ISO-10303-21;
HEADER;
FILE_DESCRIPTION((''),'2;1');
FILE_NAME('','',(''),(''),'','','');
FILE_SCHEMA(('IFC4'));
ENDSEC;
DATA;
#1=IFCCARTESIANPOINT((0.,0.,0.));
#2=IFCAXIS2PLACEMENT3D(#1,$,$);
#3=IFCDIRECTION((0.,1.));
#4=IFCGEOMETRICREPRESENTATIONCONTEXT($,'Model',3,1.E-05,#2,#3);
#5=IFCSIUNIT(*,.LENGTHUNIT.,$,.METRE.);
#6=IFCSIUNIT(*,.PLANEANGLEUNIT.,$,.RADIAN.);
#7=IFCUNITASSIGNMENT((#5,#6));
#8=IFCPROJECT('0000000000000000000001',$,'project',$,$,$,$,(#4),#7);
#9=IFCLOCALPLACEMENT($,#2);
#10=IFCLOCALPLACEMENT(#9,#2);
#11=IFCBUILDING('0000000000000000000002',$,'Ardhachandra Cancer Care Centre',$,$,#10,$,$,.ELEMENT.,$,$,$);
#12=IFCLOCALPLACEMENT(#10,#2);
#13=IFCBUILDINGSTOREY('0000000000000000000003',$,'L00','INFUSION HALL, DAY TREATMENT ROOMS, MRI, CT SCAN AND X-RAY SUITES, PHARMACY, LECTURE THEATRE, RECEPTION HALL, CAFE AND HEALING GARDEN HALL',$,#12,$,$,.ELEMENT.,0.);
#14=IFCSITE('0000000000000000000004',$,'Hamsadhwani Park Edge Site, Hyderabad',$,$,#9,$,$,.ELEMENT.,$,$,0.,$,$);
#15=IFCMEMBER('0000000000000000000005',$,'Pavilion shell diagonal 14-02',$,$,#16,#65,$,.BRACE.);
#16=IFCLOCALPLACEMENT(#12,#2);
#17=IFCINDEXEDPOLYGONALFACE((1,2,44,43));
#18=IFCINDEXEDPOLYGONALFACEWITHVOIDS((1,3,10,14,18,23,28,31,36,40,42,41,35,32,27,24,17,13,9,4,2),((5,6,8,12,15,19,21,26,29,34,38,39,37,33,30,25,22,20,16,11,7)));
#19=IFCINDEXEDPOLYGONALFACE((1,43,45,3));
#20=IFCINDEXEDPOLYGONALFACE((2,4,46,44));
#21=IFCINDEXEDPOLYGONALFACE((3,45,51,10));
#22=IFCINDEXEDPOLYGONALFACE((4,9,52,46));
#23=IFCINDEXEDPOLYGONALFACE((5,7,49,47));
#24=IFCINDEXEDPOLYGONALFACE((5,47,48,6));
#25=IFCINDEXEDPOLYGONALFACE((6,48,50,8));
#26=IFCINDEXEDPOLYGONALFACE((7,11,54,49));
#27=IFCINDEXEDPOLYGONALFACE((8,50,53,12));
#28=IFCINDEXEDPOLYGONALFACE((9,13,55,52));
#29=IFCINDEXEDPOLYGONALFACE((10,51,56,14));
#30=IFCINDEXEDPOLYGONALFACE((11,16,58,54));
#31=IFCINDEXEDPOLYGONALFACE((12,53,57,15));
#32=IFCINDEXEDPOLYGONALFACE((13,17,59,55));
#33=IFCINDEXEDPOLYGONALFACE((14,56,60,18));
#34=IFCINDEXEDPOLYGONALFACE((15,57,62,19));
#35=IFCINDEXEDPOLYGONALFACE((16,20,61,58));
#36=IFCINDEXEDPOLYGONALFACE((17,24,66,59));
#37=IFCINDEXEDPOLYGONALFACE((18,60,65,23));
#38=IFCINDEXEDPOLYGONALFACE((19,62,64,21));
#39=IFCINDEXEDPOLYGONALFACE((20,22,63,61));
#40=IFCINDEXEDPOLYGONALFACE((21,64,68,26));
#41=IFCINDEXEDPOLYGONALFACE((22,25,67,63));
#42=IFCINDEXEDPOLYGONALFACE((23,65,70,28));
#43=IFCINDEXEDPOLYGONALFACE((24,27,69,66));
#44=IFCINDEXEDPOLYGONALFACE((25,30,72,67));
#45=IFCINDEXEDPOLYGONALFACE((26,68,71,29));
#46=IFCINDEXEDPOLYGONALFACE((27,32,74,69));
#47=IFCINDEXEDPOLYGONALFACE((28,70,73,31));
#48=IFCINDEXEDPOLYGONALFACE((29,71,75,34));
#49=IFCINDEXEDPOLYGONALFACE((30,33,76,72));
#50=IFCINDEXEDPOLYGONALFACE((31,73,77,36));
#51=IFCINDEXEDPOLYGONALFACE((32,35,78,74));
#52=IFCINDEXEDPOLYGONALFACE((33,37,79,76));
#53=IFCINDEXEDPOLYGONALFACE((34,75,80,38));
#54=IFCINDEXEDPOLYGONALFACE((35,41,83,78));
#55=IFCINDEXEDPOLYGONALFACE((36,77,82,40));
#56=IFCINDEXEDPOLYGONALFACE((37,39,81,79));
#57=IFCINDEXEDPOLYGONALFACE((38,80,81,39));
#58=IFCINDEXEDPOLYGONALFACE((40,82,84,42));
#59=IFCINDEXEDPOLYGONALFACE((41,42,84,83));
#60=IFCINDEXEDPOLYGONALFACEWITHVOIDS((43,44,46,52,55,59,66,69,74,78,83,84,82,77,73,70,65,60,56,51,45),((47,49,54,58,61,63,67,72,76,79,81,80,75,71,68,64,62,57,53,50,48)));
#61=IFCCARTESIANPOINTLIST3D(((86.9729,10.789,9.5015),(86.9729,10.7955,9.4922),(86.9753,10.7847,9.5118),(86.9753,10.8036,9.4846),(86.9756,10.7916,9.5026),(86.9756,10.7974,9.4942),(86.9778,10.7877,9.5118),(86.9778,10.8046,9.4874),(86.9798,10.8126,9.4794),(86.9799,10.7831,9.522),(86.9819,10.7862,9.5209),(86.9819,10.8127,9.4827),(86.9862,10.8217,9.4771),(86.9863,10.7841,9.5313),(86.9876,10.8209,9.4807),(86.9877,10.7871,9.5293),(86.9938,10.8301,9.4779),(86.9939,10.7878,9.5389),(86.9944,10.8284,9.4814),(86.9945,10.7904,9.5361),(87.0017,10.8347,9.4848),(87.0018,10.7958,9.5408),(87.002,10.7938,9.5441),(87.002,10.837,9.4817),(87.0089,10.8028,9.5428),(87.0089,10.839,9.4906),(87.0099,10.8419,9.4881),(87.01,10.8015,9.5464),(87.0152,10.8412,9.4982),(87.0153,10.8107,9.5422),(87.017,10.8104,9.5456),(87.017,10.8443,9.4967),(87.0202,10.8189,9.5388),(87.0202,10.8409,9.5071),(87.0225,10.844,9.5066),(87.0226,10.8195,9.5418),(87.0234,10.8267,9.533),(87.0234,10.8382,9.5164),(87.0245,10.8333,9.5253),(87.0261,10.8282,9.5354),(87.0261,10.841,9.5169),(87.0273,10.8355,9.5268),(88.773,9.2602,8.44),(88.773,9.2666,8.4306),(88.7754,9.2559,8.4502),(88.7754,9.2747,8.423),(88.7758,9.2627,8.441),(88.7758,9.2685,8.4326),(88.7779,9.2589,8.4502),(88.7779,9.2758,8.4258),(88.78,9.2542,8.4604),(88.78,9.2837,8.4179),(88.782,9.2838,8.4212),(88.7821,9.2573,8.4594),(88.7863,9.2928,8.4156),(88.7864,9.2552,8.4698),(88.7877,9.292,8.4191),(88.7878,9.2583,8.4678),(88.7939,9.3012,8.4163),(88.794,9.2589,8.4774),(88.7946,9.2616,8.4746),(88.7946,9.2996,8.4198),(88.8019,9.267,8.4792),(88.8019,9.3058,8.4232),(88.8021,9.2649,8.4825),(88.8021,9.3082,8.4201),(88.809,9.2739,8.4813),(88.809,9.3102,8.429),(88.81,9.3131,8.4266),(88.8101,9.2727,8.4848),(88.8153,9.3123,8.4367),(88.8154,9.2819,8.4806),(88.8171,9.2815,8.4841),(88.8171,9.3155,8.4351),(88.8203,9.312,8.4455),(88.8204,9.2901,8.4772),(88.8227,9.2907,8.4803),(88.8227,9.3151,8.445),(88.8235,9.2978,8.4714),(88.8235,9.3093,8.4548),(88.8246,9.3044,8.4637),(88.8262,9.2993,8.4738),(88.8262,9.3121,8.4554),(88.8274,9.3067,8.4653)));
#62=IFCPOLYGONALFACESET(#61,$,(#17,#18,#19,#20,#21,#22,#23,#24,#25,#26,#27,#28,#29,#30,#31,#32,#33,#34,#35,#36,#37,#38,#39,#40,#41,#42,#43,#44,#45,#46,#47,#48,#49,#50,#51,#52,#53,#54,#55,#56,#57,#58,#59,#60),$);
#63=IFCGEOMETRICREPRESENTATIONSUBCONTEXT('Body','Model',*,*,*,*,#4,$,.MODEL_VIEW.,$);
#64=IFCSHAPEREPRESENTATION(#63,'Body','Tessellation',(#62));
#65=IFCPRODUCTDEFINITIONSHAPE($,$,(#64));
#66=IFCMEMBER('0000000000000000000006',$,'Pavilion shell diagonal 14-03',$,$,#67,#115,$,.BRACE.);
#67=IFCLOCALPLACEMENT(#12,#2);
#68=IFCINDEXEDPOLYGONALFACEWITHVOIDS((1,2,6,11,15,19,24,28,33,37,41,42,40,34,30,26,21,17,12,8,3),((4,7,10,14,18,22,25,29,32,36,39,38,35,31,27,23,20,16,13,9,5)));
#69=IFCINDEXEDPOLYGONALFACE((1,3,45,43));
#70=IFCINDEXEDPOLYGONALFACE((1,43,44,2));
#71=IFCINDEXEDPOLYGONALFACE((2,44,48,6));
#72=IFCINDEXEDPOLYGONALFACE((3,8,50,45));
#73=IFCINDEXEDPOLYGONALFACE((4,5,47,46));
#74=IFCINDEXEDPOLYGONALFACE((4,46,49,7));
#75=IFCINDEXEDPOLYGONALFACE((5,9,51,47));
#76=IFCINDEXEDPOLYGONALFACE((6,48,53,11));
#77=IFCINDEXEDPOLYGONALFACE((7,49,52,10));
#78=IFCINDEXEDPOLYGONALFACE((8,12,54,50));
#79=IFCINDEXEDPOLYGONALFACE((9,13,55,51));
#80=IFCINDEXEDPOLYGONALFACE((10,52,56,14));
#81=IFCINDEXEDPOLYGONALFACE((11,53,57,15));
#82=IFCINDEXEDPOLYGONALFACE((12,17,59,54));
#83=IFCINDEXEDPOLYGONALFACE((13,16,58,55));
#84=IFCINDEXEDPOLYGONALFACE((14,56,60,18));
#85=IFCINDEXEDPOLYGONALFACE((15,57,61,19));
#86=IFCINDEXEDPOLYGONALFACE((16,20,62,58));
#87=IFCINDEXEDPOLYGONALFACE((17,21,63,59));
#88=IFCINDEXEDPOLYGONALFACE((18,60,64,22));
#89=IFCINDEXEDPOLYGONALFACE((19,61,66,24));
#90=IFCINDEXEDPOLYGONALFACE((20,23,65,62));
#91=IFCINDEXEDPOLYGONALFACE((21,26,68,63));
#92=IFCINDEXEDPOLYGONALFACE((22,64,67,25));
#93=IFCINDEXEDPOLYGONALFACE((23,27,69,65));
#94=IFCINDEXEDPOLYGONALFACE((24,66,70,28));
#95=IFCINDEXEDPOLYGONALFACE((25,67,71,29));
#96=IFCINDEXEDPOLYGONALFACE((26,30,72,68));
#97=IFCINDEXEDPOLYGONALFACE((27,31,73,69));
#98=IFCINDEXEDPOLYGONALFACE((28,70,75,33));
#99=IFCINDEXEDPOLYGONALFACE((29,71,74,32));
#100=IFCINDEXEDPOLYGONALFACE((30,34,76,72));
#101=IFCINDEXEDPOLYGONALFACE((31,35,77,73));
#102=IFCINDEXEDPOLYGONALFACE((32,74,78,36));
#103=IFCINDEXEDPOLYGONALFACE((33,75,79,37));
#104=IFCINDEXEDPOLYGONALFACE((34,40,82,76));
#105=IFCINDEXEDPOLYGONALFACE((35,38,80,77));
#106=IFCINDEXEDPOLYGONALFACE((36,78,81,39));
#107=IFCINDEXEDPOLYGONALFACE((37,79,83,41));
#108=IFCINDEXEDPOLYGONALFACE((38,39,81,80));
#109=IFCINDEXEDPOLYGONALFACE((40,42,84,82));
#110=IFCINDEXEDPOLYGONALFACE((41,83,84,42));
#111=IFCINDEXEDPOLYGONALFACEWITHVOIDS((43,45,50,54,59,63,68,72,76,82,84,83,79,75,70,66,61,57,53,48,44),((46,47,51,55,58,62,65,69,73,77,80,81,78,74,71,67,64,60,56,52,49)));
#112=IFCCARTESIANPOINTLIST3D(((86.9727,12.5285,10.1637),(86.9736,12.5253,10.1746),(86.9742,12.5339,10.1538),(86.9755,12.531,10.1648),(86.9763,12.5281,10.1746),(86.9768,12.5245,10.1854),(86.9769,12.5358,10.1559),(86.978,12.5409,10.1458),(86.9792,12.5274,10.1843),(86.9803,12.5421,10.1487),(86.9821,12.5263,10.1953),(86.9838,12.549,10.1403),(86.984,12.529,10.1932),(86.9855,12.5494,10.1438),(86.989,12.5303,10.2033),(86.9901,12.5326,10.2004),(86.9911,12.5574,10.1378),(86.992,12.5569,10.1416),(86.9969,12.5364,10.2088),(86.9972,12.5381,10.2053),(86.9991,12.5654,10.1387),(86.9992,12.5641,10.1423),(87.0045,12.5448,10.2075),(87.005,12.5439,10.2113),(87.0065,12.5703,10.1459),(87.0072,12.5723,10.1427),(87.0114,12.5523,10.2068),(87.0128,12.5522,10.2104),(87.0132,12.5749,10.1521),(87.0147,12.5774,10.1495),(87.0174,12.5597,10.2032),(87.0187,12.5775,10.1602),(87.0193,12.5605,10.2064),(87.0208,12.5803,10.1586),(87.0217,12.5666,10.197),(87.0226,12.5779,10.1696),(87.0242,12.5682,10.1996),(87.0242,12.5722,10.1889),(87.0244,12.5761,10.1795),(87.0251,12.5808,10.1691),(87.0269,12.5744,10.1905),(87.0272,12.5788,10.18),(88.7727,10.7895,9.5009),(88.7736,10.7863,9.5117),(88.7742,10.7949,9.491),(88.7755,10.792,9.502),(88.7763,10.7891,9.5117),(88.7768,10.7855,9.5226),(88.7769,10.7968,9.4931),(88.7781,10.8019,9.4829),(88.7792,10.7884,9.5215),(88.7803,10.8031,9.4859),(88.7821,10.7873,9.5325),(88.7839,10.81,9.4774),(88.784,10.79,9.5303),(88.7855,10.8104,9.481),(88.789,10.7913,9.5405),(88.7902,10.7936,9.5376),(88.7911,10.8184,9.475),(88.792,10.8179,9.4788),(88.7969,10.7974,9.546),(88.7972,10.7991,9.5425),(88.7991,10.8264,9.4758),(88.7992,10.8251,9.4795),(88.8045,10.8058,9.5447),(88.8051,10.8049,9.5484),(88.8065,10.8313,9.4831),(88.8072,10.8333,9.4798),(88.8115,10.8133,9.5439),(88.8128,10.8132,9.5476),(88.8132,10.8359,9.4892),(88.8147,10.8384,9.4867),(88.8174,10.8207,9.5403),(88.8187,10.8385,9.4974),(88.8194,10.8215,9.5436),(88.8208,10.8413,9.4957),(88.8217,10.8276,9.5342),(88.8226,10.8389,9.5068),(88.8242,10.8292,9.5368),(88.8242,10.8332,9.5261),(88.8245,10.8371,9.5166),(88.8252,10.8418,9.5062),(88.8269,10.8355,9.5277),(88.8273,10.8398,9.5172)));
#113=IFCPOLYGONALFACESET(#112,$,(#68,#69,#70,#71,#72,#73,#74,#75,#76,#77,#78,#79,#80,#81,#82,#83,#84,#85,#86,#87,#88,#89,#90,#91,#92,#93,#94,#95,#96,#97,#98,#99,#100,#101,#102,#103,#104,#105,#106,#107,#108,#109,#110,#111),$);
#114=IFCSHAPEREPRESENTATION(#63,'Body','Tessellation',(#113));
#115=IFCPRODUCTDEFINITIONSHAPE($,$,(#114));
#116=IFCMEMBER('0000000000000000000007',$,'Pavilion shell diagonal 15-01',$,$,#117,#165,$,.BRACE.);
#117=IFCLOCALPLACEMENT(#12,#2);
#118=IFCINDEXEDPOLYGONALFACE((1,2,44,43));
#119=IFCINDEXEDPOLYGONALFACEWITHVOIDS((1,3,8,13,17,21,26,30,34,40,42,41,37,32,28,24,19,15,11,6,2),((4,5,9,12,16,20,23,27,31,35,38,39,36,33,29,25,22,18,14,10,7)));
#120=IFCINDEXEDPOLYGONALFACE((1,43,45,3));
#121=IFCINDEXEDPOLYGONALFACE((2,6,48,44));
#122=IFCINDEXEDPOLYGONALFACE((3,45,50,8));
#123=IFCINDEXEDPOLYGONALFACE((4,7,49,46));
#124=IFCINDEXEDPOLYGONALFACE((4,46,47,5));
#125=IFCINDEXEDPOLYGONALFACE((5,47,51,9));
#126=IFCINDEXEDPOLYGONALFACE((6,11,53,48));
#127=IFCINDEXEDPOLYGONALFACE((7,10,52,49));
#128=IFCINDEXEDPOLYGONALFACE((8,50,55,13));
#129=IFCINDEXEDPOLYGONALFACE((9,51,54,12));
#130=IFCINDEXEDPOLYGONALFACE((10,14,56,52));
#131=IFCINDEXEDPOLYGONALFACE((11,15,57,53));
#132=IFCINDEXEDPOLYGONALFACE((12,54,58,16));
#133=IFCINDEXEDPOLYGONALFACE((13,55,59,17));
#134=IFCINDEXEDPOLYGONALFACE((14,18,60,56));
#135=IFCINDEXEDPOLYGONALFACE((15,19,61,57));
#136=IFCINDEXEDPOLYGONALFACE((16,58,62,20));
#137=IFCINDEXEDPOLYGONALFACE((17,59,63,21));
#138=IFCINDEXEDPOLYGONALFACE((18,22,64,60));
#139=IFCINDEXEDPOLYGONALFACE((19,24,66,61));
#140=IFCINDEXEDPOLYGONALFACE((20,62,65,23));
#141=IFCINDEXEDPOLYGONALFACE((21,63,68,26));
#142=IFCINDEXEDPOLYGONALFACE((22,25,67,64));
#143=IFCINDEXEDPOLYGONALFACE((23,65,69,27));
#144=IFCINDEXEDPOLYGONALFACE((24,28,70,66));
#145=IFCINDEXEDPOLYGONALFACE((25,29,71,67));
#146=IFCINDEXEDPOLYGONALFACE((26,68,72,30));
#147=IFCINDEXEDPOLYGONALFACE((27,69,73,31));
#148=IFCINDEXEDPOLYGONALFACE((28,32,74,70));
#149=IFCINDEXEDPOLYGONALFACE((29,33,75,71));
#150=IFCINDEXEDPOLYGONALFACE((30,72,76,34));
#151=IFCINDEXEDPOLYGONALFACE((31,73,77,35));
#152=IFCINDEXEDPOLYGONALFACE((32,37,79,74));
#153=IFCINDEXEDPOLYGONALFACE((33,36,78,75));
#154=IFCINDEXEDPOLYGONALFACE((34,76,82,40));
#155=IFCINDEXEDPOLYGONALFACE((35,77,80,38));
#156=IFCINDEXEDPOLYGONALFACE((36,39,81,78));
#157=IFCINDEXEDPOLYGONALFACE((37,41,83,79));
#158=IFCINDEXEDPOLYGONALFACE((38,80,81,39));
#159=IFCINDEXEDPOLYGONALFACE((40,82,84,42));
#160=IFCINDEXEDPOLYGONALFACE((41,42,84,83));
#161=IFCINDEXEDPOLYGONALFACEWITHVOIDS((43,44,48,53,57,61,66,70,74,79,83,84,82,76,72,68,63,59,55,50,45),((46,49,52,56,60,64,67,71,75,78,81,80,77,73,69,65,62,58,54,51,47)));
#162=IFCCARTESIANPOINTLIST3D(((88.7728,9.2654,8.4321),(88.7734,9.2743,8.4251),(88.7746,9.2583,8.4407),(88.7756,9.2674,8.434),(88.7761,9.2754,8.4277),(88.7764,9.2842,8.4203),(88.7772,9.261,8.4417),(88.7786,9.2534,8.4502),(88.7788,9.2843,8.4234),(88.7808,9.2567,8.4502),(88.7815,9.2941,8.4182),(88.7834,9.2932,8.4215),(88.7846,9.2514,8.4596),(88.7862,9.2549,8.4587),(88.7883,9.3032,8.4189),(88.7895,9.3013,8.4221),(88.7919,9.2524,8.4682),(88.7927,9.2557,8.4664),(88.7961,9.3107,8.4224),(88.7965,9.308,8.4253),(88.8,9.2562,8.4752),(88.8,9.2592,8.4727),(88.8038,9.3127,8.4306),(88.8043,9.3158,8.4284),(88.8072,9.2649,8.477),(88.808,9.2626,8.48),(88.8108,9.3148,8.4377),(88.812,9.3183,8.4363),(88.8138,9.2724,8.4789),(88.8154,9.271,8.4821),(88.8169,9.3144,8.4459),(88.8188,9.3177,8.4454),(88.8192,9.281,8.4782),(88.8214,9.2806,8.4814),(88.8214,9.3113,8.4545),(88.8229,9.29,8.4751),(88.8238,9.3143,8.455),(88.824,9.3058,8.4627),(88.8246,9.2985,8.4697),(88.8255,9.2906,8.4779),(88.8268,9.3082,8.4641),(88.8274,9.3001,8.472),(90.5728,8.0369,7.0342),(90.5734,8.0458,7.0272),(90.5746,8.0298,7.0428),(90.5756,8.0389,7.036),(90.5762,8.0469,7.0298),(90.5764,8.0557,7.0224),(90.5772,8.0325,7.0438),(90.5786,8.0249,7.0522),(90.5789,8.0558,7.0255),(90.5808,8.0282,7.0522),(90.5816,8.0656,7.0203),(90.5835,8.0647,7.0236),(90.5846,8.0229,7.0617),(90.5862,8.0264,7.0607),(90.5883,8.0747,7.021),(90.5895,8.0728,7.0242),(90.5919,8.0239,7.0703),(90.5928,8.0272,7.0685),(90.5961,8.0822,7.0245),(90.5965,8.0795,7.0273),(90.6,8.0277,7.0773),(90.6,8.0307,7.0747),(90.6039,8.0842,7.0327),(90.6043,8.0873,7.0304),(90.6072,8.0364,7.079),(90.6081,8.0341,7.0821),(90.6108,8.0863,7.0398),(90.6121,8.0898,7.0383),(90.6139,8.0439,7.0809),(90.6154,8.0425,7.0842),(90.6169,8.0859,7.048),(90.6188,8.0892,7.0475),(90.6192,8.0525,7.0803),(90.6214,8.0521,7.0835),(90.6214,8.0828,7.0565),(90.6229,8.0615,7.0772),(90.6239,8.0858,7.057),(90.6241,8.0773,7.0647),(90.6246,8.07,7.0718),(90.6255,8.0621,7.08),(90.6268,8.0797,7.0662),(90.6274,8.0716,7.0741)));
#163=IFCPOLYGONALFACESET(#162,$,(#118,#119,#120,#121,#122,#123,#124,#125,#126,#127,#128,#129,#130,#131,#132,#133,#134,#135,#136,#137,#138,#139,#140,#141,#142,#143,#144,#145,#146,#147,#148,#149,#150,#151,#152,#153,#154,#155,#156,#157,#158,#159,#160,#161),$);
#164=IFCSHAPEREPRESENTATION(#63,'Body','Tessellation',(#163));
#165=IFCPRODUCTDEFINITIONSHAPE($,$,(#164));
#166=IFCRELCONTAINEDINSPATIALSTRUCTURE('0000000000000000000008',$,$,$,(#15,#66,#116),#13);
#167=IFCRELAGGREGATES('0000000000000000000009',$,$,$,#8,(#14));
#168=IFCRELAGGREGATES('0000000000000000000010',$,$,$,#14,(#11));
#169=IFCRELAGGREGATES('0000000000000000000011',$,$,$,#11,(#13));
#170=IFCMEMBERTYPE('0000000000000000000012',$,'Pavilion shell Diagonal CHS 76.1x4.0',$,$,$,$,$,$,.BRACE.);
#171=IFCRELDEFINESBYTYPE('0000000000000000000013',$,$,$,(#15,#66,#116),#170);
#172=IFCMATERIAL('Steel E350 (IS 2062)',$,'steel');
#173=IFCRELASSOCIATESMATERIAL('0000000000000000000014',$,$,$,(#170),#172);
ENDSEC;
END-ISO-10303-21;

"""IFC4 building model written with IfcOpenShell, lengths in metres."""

from ifc_helpers import new_model, si_unit, direction, frame, origin, origin_2d, place, context, subcontext, project, spatial, hollow_circle, extrude, material, material_profile, profile_set, type_object, element, save


model = new_model("IFC4")

# Units and contexts
model_context = context("Model", 3, precision=1e-05, world=origin(), true_north=direction((0.0, 1.0)))
body_context = subcontext(model_context, "Body", "Model", "MODEL_VIEW")
ifc_project = project(units=[si_unit("LENGTHUNIT", "METRE"), si_unit("PLANEANGLEUNIT", "RADIAN")], contexts=[model_context])

# Site, building, storey
site_placement = place(None, origin())
site = spatial("IfcSite", under=ifc_project, at=site_placement, Name="Hamsadhwani Park Edge Site, Hyderabad", CompositionType="ELEMENT", RefElevation=0.0)
building_placement = place(site_placement, origin())
building = spatial("IfcBuilding", under=site, at=building_placement, Name="Ardhachandra Cancer Care Centre", CompositionType="ELEMENT")
storey_placement = place(building_placement, origin())
storey = spatial("IfcBuildingStorey", under=building, at=storey_placement, Name="L00", Description="INFUSION HALL, DAY TREATMENT ROOMS, MRI, CT SCAN AND X-RAY SUITES, PHARMACY, LECTURE THEATRE, RECEPTION HALL, CAFE AND HEALING GARDEN HALL", CompositionType="ELEMENT", Elevation=0.0)

# Members
ifc_material_1 = material(Name="Steel E350 (IS 2062)", Category="steel")
ifc_material_profile_1 = material_profile(ifc_material_1, hollow_circle(Radius=0.0381, WallThickness=0.0039, at=origin_2d()), Name="CHS 76.1x4.0")
ifc_profile_set_1 = profile_set([ifc_material_profile_1], Name="Steel E350 (IS 2062)")
member_type_1 = type_object("IfcMemberType", Name="Pavilion shell Diagonal CHS 76.1x4.0", PredefinedType="BRACE", material=ifc_profile_set_1)
member_1_placement = place(storey_placement, frame((88.8, 9.2849, 8.4502), z_axis=(-0.695198, 0.590442, 0.409972), x_axis=(-0.647345, -0.762197, 0.0)))
element("IfcMember", 1, at=member_1_placement, inside=storey, type_object=member_type_1, Name="Pavilion shell diagonal 14-02", PredefinedType="BRACE", context=body_context, shape_type="SweptSolid", body=[
    extrude(hollow_circle(Radius=0.0381, WallThickness=0.0039, at=origin_2d()), origin(), (0.0, 0.0, 1.0), 2.5894),
])
for number, where, z_axis, x_axis, name in (
    (2, (88.8, 10.8137, 9.5117), (-0.695227, 0.671654, 0.256007), (-0.694809, -0.719195, 0.0), "Pavilion shell diagonal 14-03"),
    (3, (90.6001, 8.0564, 7.0522), (-0.695228, 0.474486, 0.539926), (-0.563716, -0.825969, 0.0), "Pavilion shell diagonal 15-01"),
):
    element("IfcMember", number, at=place(storey_placement, frame(where, z_axis=z_axis, x_axis=x_axis)), inside=storey, type_object=member_type_1, Name=name, PredefinedType="BRACE", context=body_context, shape_type="SweptSolid", body=[
        extrude(hollow_circle(Radius=0.0381, WallThickness=0.0039, at=origin_2d()), origin(), (0.0, 0.0, 1.0), 2.5891),
    ])

save(model, "model.ifc")
